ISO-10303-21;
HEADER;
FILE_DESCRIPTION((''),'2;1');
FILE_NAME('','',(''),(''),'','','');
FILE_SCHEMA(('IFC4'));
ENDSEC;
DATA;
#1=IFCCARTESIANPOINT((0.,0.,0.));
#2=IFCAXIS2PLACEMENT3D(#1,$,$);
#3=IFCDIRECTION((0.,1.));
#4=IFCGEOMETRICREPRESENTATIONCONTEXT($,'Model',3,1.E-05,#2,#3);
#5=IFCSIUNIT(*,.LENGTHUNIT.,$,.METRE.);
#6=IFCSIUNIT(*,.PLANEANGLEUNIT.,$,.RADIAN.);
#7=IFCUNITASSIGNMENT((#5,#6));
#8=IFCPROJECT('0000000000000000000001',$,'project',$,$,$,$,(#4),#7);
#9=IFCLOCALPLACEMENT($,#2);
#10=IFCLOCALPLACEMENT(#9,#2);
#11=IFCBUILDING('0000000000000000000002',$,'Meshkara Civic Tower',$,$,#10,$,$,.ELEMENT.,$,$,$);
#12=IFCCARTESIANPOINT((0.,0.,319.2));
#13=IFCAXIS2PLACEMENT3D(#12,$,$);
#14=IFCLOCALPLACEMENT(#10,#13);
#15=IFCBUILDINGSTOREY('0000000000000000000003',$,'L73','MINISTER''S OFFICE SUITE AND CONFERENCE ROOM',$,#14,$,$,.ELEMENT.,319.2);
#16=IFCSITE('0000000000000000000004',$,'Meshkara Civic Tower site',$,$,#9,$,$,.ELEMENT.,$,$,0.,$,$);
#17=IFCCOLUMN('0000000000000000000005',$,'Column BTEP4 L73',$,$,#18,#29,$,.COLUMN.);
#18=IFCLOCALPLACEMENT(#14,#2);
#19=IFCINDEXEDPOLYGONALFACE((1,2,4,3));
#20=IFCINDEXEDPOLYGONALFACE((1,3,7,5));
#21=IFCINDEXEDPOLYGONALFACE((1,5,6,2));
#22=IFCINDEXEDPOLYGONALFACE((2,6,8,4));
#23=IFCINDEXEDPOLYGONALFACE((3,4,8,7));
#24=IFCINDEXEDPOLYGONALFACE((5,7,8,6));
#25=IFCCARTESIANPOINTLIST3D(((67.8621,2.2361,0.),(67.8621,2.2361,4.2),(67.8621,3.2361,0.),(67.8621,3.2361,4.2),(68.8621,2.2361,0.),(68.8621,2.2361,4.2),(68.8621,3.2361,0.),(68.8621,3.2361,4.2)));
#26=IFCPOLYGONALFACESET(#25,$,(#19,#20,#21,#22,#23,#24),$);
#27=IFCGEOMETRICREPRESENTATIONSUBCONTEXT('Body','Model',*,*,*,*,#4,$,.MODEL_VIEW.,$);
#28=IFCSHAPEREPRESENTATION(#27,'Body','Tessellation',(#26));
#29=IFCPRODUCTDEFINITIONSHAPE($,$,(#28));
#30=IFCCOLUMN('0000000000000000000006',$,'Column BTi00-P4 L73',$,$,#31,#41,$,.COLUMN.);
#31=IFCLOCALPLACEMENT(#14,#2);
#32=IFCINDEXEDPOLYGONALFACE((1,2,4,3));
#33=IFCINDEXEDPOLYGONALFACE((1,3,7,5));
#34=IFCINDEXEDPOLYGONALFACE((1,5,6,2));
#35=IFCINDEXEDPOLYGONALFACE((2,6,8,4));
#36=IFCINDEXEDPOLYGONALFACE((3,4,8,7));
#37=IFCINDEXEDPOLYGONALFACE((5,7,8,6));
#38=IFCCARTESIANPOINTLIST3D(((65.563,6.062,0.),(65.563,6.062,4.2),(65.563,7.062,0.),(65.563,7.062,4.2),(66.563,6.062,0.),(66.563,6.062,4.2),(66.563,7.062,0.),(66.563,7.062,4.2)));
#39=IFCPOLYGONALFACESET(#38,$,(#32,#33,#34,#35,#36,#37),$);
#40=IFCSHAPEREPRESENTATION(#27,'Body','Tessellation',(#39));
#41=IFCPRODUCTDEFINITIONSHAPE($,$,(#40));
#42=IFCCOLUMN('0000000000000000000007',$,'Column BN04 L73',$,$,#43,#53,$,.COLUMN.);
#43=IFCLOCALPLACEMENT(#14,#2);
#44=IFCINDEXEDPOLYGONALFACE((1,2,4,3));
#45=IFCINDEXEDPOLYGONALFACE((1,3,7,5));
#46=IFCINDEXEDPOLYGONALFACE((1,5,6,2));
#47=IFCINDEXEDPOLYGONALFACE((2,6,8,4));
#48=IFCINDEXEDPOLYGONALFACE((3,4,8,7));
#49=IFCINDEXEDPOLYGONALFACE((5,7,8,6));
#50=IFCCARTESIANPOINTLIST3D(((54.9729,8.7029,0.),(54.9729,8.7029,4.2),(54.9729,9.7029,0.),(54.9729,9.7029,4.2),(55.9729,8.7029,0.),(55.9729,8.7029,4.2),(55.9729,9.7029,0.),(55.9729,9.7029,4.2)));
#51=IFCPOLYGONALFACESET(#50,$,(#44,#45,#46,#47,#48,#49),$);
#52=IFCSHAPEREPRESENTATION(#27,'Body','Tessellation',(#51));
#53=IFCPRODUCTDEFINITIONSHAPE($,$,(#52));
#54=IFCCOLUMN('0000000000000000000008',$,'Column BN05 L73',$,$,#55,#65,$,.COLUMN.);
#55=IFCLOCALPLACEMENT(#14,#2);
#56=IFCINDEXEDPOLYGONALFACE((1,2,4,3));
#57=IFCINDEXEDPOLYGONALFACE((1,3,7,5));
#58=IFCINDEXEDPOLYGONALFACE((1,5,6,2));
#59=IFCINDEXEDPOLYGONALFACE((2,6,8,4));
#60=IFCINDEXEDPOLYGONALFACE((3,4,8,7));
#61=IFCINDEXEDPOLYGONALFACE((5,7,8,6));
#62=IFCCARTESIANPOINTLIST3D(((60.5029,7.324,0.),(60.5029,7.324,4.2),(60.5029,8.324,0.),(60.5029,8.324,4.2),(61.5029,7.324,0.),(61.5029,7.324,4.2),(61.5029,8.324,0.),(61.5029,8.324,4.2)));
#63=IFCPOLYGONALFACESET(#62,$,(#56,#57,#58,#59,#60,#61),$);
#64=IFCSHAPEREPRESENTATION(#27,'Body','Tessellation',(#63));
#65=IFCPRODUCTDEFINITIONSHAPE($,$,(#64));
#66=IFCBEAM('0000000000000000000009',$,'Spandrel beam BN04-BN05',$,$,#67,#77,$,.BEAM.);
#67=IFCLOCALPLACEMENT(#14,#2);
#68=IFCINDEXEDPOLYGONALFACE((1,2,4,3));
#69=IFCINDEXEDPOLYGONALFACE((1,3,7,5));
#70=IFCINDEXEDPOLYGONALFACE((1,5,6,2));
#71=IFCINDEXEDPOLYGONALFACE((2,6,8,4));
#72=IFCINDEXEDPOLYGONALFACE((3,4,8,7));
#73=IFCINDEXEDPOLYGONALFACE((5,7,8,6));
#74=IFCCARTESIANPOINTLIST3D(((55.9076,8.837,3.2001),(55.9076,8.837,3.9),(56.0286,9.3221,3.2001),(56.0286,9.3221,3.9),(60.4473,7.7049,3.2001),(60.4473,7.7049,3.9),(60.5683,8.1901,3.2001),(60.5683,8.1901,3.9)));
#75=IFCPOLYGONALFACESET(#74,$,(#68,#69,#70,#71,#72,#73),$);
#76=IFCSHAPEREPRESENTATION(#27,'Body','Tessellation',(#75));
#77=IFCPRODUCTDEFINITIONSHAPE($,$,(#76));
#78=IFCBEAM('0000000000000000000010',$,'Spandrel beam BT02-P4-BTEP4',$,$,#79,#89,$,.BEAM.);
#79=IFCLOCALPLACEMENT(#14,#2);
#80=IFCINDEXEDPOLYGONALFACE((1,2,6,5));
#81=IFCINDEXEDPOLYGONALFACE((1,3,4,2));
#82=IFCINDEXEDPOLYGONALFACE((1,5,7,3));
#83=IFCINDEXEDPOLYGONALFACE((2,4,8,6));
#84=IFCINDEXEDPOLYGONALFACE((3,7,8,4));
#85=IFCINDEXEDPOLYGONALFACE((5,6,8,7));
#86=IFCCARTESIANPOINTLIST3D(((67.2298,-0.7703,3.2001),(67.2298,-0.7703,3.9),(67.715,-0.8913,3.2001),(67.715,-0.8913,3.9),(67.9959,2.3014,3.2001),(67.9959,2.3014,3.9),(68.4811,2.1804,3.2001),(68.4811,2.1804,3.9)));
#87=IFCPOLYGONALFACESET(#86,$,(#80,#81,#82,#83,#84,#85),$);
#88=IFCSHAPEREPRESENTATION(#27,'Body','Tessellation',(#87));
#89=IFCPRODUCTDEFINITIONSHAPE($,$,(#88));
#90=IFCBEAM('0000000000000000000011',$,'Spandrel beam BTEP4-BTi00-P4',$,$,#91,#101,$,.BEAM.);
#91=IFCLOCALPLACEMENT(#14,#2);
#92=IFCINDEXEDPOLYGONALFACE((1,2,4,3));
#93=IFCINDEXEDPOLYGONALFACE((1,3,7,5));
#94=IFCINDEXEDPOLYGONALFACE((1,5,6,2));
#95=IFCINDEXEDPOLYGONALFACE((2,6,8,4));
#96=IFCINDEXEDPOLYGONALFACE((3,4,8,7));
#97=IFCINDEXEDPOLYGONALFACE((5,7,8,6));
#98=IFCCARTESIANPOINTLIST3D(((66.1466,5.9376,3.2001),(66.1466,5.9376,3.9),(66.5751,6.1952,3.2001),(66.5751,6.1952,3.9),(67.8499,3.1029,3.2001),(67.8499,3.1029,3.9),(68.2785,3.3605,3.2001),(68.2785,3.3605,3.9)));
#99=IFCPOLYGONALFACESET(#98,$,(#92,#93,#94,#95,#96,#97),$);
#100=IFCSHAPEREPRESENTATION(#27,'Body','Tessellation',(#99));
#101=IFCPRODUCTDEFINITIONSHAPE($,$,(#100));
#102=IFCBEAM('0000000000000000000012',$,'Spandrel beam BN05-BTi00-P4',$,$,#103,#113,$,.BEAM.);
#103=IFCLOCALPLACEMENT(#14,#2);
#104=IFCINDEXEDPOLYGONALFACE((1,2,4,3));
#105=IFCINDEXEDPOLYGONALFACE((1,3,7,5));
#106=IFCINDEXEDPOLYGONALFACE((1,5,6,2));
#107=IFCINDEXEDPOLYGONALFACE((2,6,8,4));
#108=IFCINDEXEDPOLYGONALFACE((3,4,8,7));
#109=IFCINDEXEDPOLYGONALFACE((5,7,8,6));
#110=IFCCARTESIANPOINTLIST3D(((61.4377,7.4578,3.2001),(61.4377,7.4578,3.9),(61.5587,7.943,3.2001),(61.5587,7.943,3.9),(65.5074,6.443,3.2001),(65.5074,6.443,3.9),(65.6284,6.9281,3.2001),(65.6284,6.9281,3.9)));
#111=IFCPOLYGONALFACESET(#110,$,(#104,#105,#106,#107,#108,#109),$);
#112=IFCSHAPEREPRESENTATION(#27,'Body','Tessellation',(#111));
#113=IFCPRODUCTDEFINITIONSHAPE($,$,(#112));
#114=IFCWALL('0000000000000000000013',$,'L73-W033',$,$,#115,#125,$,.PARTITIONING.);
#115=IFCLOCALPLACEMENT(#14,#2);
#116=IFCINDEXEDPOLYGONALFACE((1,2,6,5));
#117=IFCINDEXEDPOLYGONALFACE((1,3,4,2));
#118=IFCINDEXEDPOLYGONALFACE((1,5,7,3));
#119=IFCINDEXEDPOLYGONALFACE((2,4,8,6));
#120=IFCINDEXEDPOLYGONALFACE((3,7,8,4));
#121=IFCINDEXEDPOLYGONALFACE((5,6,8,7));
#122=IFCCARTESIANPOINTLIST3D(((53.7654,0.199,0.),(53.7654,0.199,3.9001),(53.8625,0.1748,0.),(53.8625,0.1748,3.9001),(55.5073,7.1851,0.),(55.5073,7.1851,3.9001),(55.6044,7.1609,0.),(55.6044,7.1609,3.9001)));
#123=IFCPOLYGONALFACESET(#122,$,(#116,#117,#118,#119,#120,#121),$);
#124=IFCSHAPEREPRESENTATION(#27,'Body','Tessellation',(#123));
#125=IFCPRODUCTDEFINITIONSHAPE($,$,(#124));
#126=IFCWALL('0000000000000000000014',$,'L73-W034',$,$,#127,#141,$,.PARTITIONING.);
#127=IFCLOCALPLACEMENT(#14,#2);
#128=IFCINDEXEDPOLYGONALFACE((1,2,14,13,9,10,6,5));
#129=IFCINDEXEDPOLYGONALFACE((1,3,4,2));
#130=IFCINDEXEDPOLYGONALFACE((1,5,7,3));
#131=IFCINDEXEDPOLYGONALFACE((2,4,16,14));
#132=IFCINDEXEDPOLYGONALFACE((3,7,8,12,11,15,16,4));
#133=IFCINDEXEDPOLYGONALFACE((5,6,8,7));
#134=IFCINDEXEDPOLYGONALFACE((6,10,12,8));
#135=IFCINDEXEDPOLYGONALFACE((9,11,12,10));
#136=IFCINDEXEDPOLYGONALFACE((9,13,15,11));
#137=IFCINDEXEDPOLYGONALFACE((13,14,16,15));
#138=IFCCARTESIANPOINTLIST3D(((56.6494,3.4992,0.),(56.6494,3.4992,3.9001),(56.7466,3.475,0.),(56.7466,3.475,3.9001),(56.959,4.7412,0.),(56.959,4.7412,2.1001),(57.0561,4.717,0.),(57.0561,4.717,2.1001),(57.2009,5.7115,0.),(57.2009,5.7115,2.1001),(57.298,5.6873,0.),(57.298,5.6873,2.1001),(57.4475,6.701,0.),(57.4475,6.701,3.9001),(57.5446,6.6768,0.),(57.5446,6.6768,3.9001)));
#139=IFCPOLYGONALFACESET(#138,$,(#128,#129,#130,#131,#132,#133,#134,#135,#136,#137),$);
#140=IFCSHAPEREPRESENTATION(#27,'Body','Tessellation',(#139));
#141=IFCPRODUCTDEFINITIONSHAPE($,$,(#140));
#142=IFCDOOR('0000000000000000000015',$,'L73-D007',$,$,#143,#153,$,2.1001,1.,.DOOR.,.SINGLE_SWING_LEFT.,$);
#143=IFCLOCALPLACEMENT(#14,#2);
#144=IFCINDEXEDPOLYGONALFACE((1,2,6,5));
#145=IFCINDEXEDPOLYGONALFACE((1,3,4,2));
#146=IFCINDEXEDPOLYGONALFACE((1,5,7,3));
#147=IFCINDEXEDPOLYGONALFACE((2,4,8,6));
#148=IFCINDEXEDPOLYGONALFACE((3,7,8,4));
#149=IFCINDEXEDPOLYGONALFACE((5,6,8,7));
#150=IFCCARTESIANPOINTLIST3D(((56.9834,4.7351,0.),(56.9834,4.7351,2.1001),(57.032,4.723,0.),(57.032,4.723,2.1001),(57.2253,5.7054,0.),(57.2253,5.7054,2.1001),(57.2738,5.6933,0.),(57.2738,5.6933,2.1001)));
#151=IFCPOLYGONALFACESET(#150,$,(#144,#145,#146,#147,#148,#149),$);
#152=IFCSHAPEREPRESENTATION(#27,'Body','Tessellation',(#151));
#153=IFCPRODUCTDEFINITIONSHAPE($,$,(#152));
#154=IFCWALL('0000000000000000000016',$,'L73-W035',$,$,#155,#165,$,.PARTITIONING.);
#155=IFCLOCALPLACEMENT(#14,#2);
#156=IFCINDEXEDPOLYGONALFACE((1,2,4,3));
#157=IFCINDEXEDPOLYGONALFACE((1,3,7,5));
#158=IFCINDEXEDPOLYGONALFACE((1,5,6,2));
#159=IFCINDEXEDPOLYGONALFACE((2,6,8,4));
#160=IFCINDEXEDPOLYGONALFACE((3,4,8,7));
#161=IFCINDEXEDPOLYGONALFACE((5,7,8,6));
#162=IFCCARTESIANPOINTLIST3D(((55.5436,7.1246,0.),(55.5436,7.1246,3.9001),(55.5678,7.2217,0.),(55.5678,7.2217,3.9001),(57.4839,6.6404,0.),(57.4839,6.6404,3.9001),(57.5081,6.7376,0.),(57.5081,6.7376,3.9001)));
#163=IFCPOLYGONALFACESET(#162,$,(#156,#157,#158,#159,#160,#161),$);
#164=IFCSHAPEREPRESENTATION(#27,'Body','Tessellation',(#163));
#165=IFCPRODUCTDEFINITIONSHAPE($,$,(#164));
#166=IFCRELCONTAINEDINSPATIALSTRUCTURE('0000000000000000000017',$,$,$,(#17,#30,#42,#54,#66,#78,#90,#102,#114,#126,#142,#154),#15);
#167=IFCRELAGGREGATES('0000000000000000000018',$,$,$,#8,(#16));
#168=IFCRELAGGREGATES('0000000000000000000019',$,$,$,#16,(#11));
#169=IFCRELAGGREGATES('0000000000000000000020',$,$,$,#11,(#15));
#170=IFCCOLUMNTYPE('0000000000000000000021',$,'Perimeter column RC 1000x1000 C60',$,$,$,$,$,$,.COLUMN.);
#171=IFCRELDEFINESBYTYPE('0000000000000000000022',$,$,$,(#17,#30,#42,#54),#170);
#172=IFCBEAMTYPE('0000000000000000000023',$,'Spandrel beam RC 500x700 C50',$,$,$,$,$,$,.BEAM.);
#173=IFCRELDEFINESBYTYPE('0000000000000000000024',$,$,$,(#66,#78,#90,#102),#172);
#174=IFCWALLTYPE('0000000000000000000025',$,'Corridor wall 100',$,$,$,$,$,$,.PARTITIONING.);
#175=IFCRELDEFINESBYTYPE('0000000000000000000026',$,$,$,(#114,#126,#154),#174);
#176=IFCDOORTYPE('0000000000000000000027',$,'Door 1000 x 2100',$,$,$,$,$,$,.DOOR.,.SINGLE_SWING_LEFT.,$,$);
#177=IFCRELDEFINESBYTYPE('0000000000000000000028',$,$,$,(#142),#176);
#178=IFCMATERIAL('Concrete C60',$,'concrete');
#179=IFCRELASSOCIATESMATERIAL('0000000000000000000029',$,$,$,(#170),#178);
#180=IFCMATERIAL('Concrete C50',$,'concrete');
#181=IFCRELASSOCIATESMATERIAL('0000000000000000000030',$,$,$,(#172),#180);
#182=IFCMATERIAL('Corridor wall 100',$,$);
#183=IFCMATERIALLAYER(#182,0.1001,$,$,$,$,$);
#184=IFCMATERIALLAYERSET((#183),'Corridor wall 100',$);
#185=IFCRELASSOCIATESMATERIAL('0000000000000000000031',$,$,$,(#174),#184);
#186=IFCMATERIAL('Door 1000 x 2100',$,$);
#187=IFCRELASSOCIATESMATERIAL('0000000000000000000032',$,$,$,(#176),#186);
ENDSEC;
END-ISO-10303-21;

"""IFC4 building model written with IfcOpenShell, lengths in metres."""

from ifc_helpers import new_model, si_unit, direction, frame, frame_2d, origin, origin_2d, place, context, subcontext, project, spatial, rectangle, extrude, material, layer, layer_set, material_profile, profile_set, type_object, element, fill, save


model = new_model("IFC4")

# Units and contexts
model_context = context("Model", 3, precision=1e-05, world=origin(), true_north=direction((0.0, 1.0)))
body_context = subcontext(model_context, "Body", "Model", "MODEL_VIEW")
ifc_project = project(units=[si_unit("LENGTHUNIT", "METRE"), si_unit("PLANEANGLEUNIT", "RADIAN")], contexts=[model_context])

# Site, building, storey
site_placement = place(None, origin())
site = spatial("IfcSite", under=ifc_project, at=site_placement, Name="Meshkara Civic Tower site", CompositionType="ELEMENT", RefElevation=0.0)
building_placement = place(site_placement, origin())
building = spatial("IfcBuilding", under=site, at=building_placement, Name="Meshkara Civic Tower", CompositionType="ELEMENT")
storey_placement = place(building_placement, frame((0.0, 0.0, 319.2)))
storey = spatial("IfcBuildingStorey", under=building, at=storey_placement, Name="L73", Description="MINISTER'S OFFICE SUITE AND CONFERENCE ROOM", CompositionType="ELEMENT", Elevation=319.2)

# Columns
ifc_material_1 = material(Name="Concrete C60", Category="concrete")
ifc_material_profile_1 = material_profile(ifc_material_1, rectangle(XDim=1.0, YDim=1.0, at=origin_2d()))
ifc_profile_set_1 = profile_set([ifc_material_profile_1], Name="Concrete C60")
column_type = type_object("IfcColumnType", Name="Perimeter column RC 1000x1000 C60", PredefinedType="COLUMN", material=ifc_profile_set_1)
for number, where, z_axis, x_axis, name in (
    (1, (68.3621, 2.7361, 0.0), (0.0, 0.0, 1.0), (1.0, 0.0, 0.0), "Column BTEP4 L73"),
    (2, (66.063, 6.562, 0.0), (0.0, 0.0, 1.0), (1.0, 0.0, 0.0), "Column BTi00-P4 L73"),
    (3, (55.4729, 9.2029, 0.0), (0.0, 0.0, 1.0), (1.0, 0.0, 0.0), "Column BN04 L73"),
    (4, (61.0029, 7.824, 0.0), (0.0, 0.0, 1.0), (1.0, 0.0, 0.0), "Column BN05 L73"),
):
    element("IfcColumn", number, at=place(storey_placement, frame(where, z_axis=z_axis, x_axis=x_axis)), inside=storey, type_object=column_type, Name=name, PredefinedType="COLUMN", context=body_context, shape_type="SweptSolid", body=[
        extrude(rectangle(XDim=1.0, YDim=1.0, at=origin_2d()), origin(), (0.0, 0.0, 1.0), 4.2),
    ])

# Beams
ifc_material_2 = material(Name="Concrete C50", Category="concrete")
ifc_material_profile_2 = material_profile(ifc_material_2, rectangle(XDim=0.5, YDim=0.7, at=origin_2d()))
ifc_profile_set_2 = profile_set([ifc_material_profile_2], Name="Concrete C50")
beam_type = type_object("IfcBeamType", Name="Spandrel beam RC 500x700 C50", PredefinedType="BEAM", material=ifc_profile_set_2)
beam_1_placement = place(storey_placement, frame((60.5078, 7.9475, 3.55), z_axis=(-0.970287, 0.241959, 0.0), x_axis=(-0.241959, -0.970287, 0.0)))
element("IfcBeam", 5, at=beam_1_placement, inside=storey, type_object=beam_type, Name="Spandrel beam BN04-BN05", PredefinedType="BEAM", context=body_context, shape_type="SweptSolid", body=[
    extrude(rectangle(XDim=0.5, YDim=0.7, at=origin_2d()), origin(), (0.0, 0.0, 1.0), 4.6787),
])
beam_2_placement = place(storey_placement, frame((67.4724, -0.8308, 3.55), z_axis=(0.241991, 0.970278, 0.0), x_axis=(-0.970278, 0.241991, 0.0)))
element("IfcBeam", 6, at=beam_2_placement, inside=storey, type_object=beam_type, Name="Spandrel beam BT02-P4-BTEP4", PredefinedType="BEAM", context=body_context, shape_type="SweptSolid", body=[
    extrude(rectangle(XDim=0.5, YDim=0.7, at=origin_2d()), origin(), (0.0, 0.0, 1.0), 3.1658),
])
beam_3_placement = place(storey_placement, frame((68.0642, 3.2317, 3.55), z_axis=(-0.51506, 0.857154, 0.0), x_axis=(-0.857154, -0.51506, 0.0)))
element("IfcBeam", 7, at=beam_3_placement, inside=storey, type_object=beam_type, Name="Spandrel beam BTEP4-BTi00-P4", PredefinedType="BEAM", context=body_context, shape_type="SweptSolid", body=[
    extrude(rectangle(XDim=0.5, YDim=0.7, at=origin_2d()), origin(), (0.0, 0.0, 1.0), 3.3071),
])
beam_4_placement = place(storey_placement, frame((65.5679, 6.6855, 3.55), z_axis=(-0.970286, 0.24196, 0.0), x_axis=(-0.24196, -0.970286, 0.0)))
element("IfcBeam", 8, at=beam_4_placement, inside=storey, type_object=beam_type, Name="Spandrel beam BN05-BTi00-P4", PredefinedType="BEAM", context=body_context, shape_type="SweptSolid", body=[
    extrude(rectangle(XDim=0.5, YDim=0.7, at=origin_2d()), origin(), (0.0, 0.0, 1.0), 4.1943),
])

# Wall
ifc_material_3 = material(Name="Corridor wall 100")
ifc_layer_1 = layer(ifc_material_3, 0.1001)
ifc_layer_set_1 = layer_set([ifc_layer_1], Name="Corridor wall 100")
wall_type_1 = type_object("IfcWallType", Name="Corridor wall 100", PredefinedType="PARTITIONING", material=ifc_layer_set_1)
wall_1_placement = place(storey_placement, frame((55.5559, 7.1731, 0.0), z_axis=(0.0, 0.0, 1.0), x_axis=(-0.241937, -0.970292, 0.0)))
element("IfcWall", 9, at=wall_1_placement, inside=storey, type_object=wall_type_1, Name="L73-W033", PredefinedType="PARTITIONING", context=body_context, shape_type="SweptSolid", body=[
    extrude(rectangle(XDim=7.2, YDim=0.1001, at=frame_2d((3.6001, 0.0))), origin(), (0.0, 0.0, 1.0), 3.9001),
])

# Wall, opening, door
wall_2_placement = place(storey_placement, frame((56.698, 3.4871, 0.0), z_axis=(0.0, 0.0, 1.0), x_axis=(0.241857, 0.970312, 0.0)))
wall_2 = element("IfcWall", 10, at=wall_2_placement, inside=storey, type_object=wall_type_1, Name="L73-W034", PredefinedType="PARTITIONING", context=body_context, shape_type="SweptSolid", body=[
    extrude(rectangle(XDim=3.2998, YDim=0.1001, at=frame_2d((1.6499, 0.0))), origin(), (0.0, 0.0, 1.0), 3.9001),
])
opening_1_placement = place(wall_2_placement, frame((1.28, 0.0, 0.0)))
opening_1 = element("IfcOpeningElement", 11, at=opening_1_placement, cuts=wall_2, PredefinedType="OPENING", context=body_context, shape_type="SweptSolid", body=[
    extrude(rectangle(XDim=1.0, YDim=2.1001, at=frame_2d((0.5, 1.05))), frame((0.0, 0.0601, 0.0), z_axis=(0.0, -1.0, 0.0), x_axis=(1.0, 0.0, 0.0)), (0.0, 0.0, 1.0), 0.1201),
])
ifc_material_4 = material(Name="Door 1000 x 2100")
door_type = type_object("IfcDoorType", Name="Door 1000 x 2100", OperationType="SINGLE_SWING_LEFT", PredefinedType="DOOR", material=ifc_material_4)
door_placement = place(opening_1_placement, origin())
door = element("IfcDoor", 12, at=door_placement, inside=storey, type_object=door_type, Name="L73-D007", OperationType="SINGLE_SWING_LEFT", OverallHeight=2.1001, OverallWidth=1.0, PredefinedType="DOOR", context=body_context, shape_type="SweptSolid", body=[
    extrude(rectangle(XDim=1.0, YDim=2.1001, at=frame_2d((0.5, 1.05))), frame((0.0, 0.0249, 0.0), z_axis=(0.0, -1.0, 0.0), x_axis=(1.0, 0.0, 0.0)), (0.0, 0.0, 1.0), 0.05),
])
fill(opening_1, door)

# Wall
wall_3_placement = place(storey_placement, frame((57.4961, 6.689, 0.0), z_axis=(0.0, 0.0, 1.0), x_axis=(-0.97025, 0.242105, 0.0)))
element("IfcWall", 13, at=wall_3_placement, inside=storey, type_object=wall_type_1, Name="L73-W035", PredefinedType="PARTITIONING", context=body_context, shape_type="SweptSolid", body=[
    extrude(rectangle(XDim=1.9998, YDim=0.1001, at=frame_2d((1.0, 0.0))), origin(), (0.0, 0.0, 1.0), 3.9001),
])

save(model, "model.ifc")
